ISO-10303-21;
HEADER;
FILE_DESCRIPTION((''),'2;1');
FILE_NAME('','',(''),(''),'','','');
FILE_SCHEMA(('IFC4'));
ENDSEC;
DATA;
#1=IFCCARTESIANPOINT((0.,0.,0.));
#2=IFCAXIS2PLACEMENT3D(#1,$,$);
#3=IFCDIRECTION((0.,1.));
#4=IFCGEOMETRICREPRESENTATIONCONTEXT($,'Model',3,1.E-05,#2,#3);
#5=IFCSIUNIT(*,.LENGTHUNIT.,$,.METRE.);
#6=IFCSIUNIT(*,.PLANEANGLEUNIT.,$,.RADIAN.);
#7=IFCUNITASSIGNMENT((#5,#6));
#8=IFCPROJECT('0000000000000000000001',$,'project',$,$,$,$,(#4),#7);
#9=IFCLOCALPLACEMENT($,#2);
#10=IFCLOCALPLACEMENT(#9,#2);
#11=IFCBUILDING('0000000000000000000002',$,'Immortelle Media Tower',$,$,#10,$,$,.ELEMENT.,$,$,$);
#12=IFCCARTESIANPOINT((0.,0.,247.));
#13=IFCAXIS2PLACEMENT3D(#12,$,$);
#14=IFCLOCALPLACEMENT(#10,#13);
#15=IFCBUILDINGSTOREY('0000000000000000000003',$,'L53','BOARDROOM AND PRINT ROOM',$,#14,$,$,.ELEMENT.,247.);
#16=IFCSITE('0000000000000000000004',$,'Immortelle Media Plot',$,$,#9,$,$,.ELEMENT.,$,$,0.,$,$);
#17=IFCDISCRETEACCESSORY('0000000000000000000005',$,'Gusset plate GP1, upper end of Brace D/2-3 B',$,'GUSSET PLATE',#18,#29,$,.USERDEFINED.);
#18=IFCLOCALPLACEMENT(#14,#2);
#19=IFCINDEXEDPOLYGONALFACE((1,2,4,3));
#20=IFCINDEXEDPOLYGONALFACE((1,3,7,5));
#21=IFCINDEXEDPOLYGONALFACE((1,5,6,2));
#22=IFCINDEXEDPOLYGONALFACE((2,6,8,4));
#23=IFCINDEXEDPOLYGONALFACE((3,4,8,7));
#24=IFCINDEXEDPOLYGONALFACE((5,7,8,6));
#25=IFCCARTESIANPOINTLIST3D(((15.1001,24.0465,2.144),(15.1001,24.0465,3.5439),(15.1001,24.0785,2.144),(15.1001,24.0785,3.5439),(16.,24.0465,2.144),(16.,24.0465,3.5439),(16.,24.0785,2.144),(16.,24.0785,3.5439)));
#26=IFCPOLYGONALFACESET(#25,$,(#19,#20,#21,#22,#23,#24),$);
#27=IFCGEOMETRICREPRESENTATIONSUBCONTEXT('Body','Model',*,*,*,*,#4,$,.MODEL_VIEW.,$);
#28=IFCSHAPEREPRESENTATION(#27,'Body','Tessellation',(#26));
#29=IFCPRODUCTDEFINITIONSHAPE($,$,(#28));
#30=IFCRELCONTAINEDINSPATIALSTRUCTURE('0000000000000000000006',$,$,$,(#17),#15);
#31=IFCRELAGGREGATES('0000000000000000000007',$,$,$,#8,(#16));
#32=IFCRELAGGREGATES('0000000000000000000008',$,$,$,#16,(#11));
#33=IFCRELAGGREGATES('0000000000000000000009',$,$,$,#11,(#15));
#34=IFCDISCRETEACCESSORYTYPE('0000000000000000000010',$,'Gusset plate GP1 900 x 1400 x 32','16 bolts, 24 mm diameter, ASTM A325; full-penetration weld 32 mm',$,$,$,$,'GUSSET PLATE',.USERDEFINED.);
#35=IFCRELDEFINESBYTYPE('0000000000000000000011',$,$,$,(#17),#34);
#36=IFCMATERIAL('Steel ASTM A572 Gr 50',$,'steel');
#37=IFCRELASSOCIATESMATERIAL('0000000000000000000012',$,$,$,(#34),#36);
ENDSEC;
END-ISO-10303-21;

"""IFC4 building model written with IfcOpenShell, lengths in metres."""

from ifc_helpers import new_model, si_unit, direction, frame, origin, origin_2d, place, context, subcontext, project, spatial, rectangle, extrude, material, material_profile, profile_set, type_object, element, save


model = new_model("IFC4")

# Units and contexts
model_context = context("Model", 3, precision=1e-05, world=origin(), true_north=direction((0.0, 1.0)))
body_context = subcontext(model_context, "Body", "Model", "MODEL_VIEW")
ifc_project = project(units=[si_unit("LENGTHUNIT", "METRE"), si_unit("PLANEANGLEUNIT", "RADIAN")], contexts=[model_context])

# Site, building, storey
site_placement = place(None, origin())
site = spatial("IfcSite", under=ifc_project, at=site_placement, Name="Immortelle Media Plot", CompositionType="ELEMENT", RefElevation=0.0)
building_placement = place(site_placement, origin())
building = spatial("IfcBuilding", under=site, at=building_placement, Name="Immortelle Media Tower", CompositionType="ELEMENT")
storey_placement = place(building_placement, frame((0.0, 0.0, 247.0)))
storey = spatial("IfcBuildingStorey", under=building, at=storey_placement, Name="L53", Description="BOARDROOM AND PRINT ROOM", CompositionType="ELEMENT", Elevation=247.0)

# Discrete accessory
ifc_material_1 = material(Name="Steel ASTM A572 Gr 50", Category="steel")
ifc_material_profile_1 = material_profile(ifc_material_1, rectangle(XDim=0.032, YDim=1.3999, at=origin_2d()), Name="PL 32 x 1400")
ifc_profile_set_1 = profile_set([ifc_material_profile_1], Name="Steel ASTM A572 Gr 50")
discrete_accessory_type_1 = type_object("IfcDiscreteAccessoryType", Name="Gusset plate GP1 900 x 1400 x 32", Description="16 bolts, 24 mm diameter, ASTM A325; full-penetration weld 32 mm", ElementType="GUSSET PLATE", PredefinedType="USERDEFINED", material=ifc_profile_set_1)
discrete_accessory_1_placement = place(storey_placement, frame((16.0, 24.0625, 2.844), z_axis=(-1.0, 0.0, 0.0), x_axis=(0.0, -1.0, 0.0)))
element("IfcDiscreteAccessory", 1, at=discrete_accessory_1_placement, inside=storey, type_object=discrete_accessory_type_1, Name="Gusset plate GP1, upper end of Brace D/2-3 B", ObjectType="GUSSET PLATE", PredefinedType="USERDEFINED", context=body_context, shape_type="SweptSolid", body=[
    extrude(rectangle(XDim=0.032, YDim=1.3999, at=origin_2d()), origin(), (0.0, 0.0, 1.0), 0.8999),
])

save(model, "model.ifc")
